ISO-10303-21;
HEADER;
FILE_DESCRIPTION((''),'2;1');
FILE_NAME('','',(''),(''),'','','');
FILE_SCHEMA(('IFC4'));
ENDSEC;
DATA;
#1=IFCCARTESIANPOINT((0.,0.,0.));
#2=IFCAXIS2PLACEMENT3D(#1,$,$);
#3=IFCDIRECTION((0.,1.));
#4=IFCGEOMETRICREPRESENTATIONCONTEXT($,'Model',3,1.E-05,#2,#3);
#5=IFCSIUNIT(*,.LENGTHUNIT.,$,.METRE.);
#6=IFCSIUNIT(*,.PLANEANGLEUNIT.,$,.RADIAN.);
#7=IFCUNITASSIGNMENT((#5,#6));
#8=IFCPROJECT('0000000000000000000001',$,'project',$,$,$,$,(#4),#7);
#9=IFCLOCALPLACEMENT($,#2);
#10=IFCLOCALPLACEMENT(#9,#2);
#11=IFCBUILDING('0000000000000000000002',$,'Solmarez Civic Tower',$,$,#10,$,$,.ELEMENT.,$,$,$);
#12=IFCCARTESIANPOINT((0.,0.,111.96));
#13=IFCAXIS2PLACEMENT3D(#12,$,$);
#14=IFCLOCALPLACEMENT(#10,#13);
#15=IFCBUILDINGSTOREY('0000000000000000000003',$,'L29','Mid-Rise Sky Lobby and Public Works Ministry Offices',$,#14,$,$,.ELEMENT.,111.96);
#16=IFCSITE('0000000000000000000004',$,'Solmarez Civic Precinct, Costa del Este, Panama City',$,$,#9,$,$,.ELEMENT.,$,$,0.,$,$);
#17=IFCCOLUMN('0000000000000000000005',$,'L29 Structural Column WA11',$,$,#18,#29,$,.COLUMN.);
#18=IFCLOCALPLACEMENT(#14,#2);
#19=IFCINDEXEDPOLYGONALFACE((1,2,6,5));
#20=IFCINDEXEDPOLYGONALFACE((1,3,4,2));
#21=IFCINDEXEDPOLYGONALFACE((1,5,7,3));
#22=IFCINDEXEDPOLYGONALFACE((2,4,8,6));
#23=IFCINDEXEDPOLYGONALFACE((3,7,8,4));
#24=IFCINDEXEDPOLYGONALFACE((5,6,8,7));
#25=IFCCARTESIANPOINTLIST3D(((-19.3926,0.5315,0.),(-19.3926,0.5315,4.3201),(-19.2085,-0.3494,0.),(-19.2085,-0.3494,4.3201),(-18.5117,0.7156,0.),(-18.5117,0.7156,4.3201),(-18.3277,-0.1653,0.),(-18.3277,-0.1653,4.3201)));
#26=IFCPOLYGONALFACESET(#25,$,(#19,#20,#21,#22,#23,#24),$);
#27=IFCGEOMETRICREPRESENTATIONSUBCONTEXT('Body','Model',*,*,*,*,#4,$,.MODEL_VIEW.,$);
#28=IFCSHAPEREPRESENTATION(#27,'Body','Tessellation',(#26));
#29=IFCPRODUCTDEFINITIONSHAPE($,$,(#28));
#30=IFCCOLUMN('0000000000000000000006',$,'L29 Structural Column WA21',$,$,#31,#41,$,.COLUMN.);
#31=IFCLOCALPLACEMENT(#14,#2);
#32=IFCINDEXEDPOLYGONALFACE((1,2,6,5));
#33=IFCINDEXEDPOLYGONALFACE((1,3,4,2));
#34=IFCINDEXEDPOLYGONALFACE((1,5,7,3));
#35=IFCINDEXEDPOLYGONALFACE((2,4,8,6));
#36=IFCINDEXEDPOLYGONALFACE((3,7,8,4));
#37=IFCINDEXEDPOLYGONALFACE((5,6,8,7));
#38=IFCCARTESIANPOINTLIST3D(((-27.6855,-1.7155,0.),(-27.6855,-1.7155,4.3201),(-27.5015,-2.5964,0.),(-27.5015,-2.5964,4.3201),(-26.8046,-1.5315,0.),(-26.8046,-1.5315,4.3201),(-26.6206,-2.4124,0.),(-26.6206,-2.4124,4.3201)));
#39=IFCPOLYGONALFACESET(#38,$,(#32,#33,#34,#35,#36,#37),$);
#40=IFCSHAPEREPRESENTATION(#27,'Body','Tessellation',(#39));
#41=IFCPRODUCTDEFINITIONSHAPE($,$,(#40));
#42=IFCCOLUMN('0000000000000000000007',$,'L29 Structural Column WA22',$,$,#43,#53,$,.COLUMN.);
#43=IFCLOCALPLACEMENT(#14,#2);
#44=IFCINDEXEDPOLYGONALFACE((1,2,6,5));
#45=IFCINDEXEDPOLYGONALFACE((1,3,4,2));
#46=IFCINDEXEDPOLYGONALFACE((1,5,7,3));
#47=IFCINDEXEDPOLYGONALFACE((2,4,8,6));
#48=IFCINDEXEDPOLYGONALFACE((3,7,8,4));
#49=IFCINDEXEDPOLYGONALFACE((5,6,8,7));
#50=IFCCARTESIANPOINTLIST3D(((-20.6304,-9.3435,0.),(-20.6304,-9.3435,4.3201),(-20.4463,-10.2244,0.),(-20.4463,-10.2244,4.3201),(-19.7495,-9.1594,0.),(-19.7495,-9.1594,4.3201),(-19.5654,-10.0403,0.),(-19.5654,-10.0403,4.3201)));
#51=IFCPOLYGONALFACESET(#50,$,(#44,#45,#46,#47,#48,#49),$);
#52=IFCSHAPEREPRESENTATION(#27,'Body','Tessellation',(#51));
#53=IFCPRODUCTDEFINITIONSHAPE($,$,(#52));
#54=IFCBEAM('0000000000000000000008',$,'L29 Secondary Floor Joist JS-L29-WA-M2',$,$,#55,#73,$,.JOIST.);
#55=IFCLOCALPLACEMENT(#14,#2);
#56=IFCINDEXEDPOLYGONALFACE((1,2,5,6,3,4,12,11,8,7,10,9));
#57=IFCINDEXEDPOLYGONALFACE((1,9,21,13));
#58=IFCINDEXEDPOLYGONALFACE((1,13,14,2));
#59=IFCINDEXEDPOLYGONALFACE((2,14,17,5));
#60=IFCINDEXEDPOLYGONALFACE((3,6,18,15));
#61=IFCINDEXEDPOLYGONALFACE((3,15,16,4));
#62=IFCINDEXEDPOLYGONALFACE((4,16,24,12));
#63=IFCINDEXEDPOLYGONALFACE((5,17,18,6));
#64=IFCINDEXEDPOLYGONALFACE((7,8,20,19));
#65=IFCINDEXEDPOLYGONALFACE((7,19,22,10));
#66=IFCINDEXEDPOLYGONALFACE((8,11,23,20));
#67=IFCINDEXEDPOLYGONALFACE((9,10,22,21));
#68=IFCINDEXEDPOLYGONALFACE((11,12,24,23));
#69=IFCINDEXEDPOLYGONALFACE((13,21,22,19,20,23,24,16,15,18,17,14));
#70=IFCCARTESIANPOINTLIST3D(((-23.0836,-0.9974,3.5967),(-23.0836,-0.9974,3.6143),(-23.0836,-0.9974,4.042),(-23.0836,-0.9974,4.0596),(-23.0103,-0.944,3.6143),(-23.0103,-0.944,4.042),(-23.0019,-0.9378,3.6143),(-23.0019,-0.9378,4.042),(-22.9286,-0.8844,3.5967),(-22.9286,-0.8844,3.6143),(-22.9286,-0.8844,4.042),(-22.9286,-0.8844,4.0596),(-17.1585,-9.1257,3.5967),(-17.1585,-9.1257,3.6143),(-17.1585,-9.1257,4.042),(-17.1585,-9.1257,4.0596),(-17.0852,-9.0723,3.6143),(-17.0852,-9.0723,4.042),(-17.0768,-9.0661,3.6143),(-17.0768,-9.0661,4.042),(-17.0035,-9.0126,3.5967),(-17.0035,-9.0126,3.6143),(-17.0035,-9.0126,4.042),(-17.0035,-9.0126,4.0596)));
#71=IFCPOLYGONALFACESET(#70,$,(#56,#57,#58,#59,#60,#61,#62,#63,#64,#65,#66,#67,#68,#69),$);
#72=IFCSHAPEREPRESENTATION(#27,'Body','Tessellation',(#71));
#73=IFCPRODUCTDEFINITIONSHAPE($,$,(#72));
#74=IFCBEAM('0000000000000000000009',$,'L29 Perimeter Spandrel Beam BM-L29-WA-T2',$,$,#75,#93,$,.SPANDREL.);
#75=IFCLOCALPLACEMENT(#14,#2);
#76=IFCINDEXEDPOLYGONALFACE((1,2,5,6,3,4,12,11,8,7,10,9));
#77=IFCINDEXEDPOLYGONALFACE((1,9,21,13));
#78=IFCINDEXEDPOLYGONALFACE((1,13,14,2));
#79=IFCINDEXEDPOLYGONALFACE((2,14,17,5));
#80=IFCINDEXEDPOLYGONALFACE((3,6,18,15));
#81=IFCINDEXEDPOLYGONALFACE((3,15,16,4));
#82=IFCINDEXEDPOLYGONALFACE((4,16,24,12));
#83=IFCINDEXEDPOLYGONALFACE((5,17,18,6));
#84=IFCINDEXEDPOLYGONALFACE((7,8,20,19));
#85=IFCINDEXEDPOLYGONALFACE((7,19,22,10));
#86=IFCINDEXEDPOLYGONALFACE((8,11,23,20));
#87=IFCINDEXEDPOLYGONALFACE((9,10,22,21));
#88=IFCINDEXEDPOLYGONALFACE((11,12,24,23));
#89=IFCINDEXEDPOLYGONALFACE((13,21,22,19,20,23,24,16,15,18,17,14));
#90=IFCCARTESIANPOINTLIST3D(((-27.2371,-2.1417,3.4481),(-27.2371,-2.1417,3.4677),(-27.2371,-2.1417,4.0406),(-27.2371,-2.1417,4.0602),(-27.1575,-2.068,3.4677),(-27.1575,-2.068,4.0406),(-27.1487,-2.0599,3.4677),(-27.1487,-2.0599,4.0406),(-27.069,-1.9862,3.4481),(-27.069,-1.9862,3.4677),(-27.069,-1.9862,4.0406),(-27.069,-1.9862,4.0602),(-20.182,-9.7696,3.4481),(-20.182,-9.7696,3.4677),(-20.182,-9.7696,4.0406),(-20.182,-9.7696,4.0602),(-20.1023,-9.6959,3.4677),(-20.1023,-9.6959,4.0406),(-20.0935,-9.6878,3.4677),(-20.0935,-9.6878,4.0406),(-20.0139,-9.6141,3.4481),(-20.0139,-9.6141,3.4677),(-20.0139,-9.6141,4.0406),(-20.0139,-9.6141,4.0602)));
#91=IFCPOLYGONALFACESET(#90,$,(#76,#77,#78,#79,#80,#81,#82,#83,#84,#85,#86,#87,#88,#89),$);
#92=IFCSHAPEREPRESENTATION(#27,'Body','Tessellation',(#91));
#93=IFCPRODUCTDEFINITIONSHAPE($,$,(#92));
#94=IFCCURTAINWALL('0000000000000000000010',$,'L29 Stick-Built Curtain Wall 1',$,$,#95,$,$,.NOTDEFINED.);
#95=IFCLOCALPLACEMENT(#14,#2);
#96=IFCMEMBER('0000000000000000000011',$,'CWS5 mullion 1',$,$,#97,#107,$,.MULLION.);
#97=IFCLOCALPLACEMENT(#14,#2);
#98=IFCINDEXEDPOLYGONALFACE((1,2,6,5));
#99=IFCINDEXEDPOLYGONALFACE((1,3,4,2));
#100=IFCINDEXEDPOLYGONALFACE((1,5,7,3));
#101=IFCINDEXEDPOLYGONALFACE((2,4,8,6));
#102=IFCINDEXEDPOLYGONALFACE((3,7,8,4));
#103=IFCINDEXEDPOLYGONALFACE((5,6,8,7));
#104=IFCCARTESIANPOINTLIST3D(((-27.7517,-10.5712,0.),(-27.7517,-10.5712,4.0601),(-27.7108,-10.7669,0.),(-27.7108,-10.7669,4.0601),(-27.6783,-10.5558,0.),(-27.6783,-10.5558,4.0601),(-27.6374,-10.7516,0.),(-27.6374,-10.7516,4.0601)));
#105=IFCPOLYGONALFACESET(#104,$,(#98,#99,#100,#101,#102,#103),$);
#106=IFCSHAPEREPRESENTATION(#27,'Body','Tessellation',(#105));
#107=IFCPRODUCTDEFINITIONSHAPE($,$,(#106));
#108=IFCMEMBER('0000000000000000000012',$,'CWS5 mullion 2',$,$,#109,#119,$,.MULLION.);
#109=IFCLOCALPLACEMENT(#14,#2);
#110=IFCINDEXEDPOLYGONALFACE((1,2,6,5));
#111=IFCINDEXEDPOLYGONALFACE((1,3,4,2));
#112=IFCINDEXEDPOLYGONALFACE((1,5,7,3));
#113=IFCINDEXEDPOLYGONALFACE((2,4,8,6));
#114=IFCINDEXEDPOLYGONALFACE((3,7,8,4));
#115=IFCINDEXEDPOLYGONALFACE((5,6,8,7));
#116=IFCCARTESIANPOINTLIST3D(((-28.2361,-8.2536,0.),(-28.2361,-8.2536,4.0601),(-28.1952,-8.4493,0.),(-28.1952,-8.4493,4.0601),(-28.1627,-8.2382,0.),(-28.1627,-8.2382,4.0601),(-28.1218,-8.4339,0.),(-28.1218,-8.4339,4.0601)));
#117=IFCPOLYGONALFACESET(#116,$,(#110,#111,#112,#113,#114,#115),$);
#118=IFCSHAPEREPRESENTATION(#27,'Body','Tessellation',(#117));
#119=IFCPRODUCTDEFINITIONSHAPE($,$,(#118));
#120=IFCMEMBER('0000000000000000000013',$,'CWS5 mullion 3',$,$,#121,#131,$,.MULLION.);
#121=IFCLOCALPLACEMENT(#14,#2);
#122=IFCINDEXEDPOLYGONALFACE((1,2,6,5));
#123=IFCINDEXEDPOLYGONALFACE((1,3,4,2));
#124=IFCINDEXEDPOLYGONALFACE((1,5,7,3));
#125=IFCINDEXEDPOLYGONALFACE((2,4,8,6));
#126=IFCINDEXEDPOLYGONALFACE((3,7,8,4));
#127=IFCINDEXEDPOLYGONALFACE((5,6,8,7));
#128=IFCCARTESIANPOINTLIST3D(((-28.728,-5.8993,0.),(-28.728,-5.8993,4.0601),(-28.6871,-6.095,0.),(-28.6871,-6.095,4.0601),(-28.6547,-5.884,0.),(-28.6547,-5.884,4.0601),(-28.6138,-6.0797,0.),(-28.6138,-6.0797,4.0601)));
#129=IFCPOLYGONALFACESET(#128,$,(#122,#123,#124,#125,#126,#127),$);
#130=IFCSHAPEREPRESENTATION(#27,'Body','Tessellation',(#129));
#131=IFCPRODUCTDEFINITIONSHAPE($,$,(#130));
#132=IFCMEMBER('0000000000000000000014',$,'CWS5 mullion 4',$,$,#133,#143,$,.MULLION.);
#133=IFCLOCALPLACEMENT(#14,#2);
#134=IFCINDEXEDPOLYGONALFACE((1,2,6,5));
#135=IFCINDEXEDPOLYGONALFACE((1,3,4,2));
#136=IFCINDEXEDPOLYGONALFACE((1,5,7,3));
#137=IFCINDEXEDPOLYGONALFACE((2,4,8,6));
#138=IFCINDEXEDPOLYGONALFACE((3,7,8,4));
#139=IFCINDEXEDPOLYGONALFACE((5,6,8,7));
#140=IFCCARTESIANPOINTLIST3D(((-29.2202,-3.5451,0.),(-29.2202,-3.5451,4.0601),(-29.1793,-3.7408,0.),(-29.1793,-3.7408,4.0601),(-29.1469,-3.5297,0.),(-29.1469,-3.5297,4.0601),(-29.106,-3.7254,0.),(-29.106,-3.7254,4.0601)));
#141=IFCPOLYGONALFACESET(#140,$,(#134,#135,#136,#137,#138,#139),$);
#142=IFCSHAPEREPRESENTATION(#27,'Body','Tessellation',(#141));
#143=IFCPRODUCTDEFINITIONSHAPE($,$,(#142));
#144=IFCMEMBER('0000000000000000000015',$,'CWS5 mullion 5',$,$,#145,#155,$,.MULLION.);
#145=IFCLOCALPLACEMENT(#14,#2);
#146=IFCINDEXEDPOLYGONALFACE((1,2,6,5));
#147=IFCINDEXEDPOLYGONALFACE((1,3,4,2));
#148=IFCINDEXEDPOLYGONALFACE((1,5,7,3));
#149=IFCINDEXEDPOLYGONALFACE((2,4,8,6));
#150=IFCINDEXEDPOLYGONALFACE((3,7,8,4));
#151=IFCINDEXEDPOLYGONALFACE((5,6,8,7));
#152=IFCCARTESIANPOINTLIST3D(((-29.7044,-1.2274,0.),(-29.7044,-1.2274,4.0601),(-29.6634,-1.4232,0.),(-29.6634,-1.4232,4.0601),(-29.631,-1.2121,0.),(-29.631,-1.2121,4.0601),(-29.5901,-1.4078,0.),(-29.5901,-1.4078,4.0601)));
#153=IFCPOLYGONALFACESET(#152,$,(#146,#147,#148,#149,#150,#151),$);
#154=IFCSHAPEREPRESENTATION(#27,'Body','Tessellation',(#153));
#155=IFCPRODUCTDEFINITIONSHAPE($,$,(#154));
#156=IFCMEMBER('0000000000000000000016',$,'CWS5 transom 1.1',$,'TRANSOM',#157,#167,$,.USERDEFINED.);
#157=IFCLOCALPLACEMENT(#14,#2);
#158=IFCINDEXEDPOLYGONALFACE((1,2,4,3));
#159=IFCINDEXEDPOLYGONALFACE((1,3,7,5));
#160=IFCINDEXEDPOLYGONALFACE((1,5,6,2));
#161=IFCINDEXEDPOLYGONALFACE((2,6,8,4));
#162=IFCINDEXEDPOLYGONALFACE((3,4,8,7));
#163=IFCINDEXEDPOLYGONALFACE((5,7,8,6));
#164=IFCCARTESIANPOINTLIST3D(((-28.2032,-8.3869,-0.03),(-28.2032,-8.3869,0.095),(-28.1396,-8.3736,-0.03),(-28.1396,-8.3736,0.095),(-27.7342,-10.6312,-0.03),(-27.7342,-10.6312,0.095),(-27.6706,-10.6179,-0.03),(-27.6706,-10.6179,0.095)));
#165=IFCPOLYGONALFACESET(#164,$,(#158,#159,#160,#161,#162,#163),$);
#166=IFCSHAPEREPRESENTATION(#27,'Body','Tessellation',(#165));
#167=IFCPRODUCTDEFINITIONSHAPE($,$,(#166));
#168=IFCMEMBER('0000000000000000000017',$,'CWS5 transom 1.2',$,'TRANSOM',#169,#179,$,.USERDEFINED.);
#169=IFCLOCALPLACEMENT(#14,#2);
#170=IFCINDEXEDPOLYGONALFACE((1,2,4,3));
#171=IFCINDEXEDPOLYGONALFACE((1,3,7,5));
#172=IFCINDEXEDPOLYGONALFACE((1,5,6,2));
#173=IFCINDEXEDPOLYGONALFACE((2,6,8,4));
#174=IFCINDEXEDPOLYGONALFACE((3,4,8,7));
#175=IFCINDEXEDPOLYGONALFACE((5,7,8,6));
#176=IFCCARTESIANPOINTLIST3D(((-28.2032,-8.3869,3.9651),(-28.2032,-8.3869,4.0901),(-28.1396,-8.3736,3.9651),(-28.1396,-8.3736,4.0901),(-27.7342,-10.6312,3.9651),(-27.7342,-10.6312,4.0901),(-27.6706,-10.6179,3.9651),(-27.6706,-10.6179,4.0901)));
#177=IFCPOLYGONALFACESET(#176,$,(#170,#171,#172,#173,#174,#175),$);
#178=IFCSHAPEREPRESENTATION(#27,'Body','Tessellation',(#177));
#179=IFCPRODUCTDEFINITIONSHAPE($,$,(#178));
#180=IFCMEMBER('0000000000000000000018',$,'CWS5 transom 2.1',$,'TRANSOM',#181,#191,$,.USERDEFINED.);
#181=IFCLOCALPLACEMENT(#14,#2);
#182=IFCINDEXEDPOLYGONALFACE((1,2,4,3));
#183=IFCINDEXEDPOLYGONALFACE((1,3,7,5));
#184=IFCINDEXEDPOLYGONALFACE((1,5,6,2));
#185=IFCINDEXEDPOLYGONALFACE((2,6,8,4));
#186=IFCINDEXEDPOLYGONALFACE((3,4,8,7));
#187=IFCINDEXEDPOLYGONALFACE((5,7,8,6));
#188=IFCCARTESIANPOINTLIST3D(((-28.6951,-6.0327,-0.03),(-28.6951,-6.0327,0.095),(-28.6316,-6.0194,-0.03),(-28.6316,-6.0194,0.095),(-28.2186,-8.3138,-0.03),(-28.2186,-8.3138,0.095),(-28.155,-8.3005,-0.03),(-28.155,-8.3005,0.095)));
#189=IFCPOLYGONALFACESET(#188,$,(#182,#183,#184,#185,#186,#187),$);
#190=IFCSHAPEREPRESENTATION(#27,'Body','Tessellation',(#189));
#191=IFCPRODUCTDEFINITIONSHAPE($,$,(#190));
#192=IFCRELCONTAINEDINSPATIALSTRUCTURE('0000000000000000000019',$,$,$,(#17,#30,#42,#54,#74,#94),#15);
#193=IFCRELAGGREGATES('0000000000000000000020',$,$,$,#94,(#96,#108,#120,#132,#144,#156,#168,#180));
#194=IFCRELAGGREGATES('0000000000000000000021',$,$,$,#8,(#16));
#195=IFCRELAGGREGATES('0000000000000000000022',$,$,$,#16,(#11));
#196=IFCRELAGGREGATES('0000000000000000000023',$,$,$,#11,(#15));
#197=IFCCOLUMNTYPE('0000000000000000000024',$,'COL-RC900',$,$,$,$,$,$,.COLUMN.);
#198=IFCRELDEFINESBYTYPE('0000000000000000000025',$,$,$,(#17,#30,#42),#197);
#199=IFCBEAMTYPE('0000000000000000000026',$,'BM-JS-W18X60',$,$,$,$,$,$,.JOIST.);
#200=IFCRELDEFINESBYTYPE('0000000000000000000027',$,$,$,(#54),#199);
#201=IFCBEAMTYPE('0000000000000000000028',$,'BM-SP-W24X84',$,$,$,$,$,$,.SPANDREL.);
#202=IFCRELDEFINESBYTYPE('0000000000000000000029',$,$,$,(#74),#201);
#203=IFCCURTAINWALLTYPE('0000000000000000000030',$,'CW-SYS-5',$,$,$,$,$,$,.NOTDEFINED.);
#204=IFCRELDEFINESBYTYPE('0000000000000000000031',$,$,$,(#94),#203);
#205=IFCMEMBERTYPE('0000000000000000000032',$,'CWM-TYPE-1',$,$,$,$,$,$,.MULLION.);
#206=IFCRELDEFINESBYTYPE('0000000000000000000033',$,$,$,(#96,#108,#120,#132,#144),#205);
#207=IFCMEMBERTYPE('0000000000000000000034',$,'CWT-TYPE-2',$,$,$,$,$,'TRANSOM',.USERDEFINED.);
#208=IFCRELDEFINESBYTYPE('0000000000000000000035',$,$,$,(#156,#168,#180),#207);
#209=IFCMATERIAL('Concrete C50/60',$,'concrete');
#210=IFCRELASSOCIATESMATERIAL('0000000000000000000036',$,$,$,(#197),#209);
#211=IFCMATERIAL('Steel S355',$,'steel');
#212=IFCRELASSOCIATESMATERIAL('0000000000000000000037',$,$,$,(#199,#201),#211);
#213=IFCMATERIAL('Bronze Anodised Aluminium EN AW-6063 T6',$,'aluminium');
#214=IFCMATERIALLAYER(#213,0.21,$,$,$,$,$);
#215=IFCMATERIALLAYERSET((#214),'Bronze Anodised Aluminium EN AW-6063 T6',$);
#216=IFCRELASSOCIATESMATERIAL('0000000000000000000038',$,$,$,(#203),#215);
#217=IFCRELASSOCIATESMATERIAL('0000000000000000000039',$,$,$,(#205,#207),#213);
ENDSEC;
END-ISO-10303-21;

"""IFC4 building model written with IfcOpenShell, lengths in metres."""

from ifc_helpers import new_model, si_unit, direction, frame, origin, origin_2d, place, context, subcontext, project, spatial, rectangle, i_section, extrude, material, layer, layer_set, material_profile, profile_set, type_object, element, aggregate, save


model = new_model("IFC4")

# Units and contexts
model_context = context("Model", 3, precision=1e-05, world=origin(), true_north=direction((0.0, 1.0)))
body_context = subcontext(model_context, "Body", "Model", "MODEL_VIEW")
ifc_project = project(units=[si_unit("LENGTHUNIT", "METRE"), si_unit("PLANEANGLEUNIT", "RADIAN")], contexts=[model_context])

# Site, building, storey
site_placement = place(None, origin())
site = spatial("IfcSite", under=ifc_project, at=site_placement, Name="Solmarez Civic Precinct, Costa del Este, Panama City", CompositionType="ELEMENT", RefElevation=0.0)
building_placement = place(site_placement, origin())
building = spatial("IfcBuilding", under=site, at=building_placement, Name="Solmarez Civic Tower", CompositionType="ELEMENT")
storey_placement = place(building_placement, frame((0.0, 0.0, 111.96)))
storey = spatial("IfcBuildingStorey", under=building, at=storey_placement, Name="L29", Description="Mid-Rise Sky Lobby and Public Works Ministry Offices", CompositionType="ELEMENT", Elevation=111.96)

# Columns
ifc_material_1 = material(Name="Concrete C50/60", Category="concrete")
ifc_material_profile_1 = material_profile(ifc_material_1, rectangle(XDim=0.8999, YDim=0.8999, at=origin_2d()), Name="RC900X900")
ifc_profile_set_1 = profile_set([ifc_material_profile_1], Name="Concrete C50/60")
column_type = type_object("IfcColumnType", Name="COL-RC900", PredefinedType="COLUMN", material=ifc_profile_set_1)
for number, where, z_axis, x_axis, name in (
    (1, (-18.8601, 0.1831, 0.0), (0.0, 0.0, 1.0), (0.978867, 0.204496, 0.0), "L29 Structural Column WA11"),
    (2, (-27.1531, -2.064, 0.0), (0.0, 0.0, 1.0), (0.978867, 0.204496, 0.0), "L29 Structural Column WA21"),
    (3, (-20.0979, -9.6919, 0.0), (0.0, 0.0, 1.0), (0.978867, 0.204496, 0.0), "L29 Structural Column WA22"),
):
    element("IfcColumn", number, at=place(storey_placement, frame(where, z_axis=z_axis, x_axis=x_axis)), inside=storey, type_object=column_type, Name=name, PredefinedType="COLUMN", context=body_context, shape_type="SweptSolid", body=[
        extrude(rectangle(XDim=0.8999, YDim=0.8999, at=origin_2d()), origin(), (0.0, 0.0, 1.0), 4.3201),
    ])

# Beams
ifc_material_2 = material(Name="Steel S355", Category="steel")
ifc_material_profile_2 = material_profile(ifc_material_2, i_section(OverallWidth=0.1919, OverallDepth=0.4629, WebThickness=0.0105, FlangeThickness=0.0176, at=origin_2d()), Name="W18X60")
ifc_profile_set_2 = profile_set([ifc_material_profile_2], Name="Steel S355")
beam_type_1 = type_object("IfcBeamType", Name="BM-JS-W18X60", PredefinedType="JOIST", material=ifc_profile_set_2)
beam_1_placement = place(storey_placement, frame((-23.0061, -0.9409, 3.8281), z_axis=(0.589059, -0.80809, 0.0), x_axis=(0.80809, 0.589059, 0.0)))
element("IfcBeam", 4, at=beam_1_placement, inside=storey, type_object=beam_type_1, Name="L29 Secondary Floor Joist JS-L29-WA-M2", PredefinedType="JOIST", context=body_context, shape_type="SweptSolid", body=[
    extrude(i_section(OverallWidth=0.1919, OverallDepth=0.4629, WebThickness=0.0105, FlangeThickness=0.0176, at=origin_2d()), origin(), (0.0, 0.0, 1.0), 10.0586),
])
ifc_material_profile_3 = material_profile(ifc_material_2, i_section(OverallWidth=0.229, OverallDepth=0.6121, WebThickness=0.012, FlangeThickness=0.0195, at=origin_2d()), Name="W24X84")
ifc_profile_set_3 = profile_set([ifc_material_profile_3], Name="Steel S355")
beam_type_2 = type_object("IfcBeamType", Name="BM-SP-W24X84", PredefinedType="SPANDREL", material=ifc_profile_set_3)
beam_2_placement = place(storey_placement, frame((-27.1531, -2.064, 3.7542), z_axis=(0.679008, -0.734131, 0.0), x_axis=(0.734131, 0.679008, 0.0)))
element("IfcBeam", 5, at=beam_2_placement, inside=storey, type_object=beam_type_2, Name="L29 Perimeter Spandrel Beam BM-L29-WA-T2", PredefinedType="SPANDREL", context=body_context, shape_type="SweptSolid", body=[
    extrude(i_section(OverallWidth=0.229, OverallDepth=0.6121, WebThickness=0.012, FlangeThickness=0.0195, at=origin_2d()), origin(), (0.0, 0.0, 1.0), 10.3904),
])

# Curtain wall, members
ifc_material_3 = material(Name="Bronze Anodised Aluminium EN AW-6063 T6", Category="aluminium")
ifc_layer_1 = layer(ifc_material_3, 0.21)
ifc_layer_set_1 = layer_set([ifc_layer_1], Name="Bronze Anodised Aluminium EN AW-6063 T6")
curtain_wall_type = type_object("IfcCurtainWallType", Name="CW-SYS-5", PredefinedType="NOTDEFINED", material=ifc_layer_set_1)
curtain_wall_placement = place(storey_placement, origin())
curtain_wall = element("IfcCurtainWall", 6, at=curtain_wall_placement, inside=storey, type_object=curtain_wall_type, Name="L29 Stick-Built Curtain Wall 1", PredefinedType="NOTDEFINED")
ifc_material_profile_4 = material_profile(ifc_material_3, rectangle(XDim=0.075, YDim=0.2, at=origin_2d()), Name="CWM-75X200")
ifc_profile_set_4 = profile_set([ifc_material_profile_4], Name="Bronze Anodised Aluminium EN AW-6063 T6")
member_type_1 = type_object("IfcMemberType", Name="CWM-TYPE-1", PredefinedType="MULLION", material=ifc_profile_set_4)
member_1_placement = place(storey_placement, frame((-27.6946, -10.6614, 0.0), z_axis=(0.0, 0.0, 1.0), x_axis=(-0.978853, -0.204564, 0.0)))
member_1 = element("IfcMember", 7, at=member_1_placement, type_object=member_type_1, Name="CWS5 mullion 1", PredefinedType="MULLION", context=body_context, shape_type="SweptSolid", body=[
    extrude(rectangle(XDim=0.075, YDim=0.2, at=origin_2d()), origin(), (0.0, 0.0, 1.0), 4.0601),
])
member_2_placement = place(storey_placement, frame((-28.179, -8.3438, 0.0), z_axis=(0.0, 0.0, 1.0), x_axis=(-0.978853, -0.204564, 0.0)))
member_2 = element("IfcMember", 8, at=member_2_placement, type_object=member_type_1, Name="CWS5 mullion 2", PredefinedType="MULLION", context=body_context, shape_type="SweptSolid", body=[
    extrude(rectangle(XDim=0.075, YDim=0.2, at=origin_2d()), origin(), (0.0, 0.0, 1.0), 4.0601),
])
member_3_placement = place(storey_placement, frame((-28.6709, -5.9895, 0.0), z_axis=(0.0, 0.0, 1.0), x_axis=(-0.978853, -0.204564, 0.0)))
member_3 = element("IfcMember", 9, at=member_3_placement, type_object=member_type_1, Name="CWS5 mullion 3", PredefinedType="MULLION", context=body_context, shape_type="SweptSolid", body=[
    extrude(rectangle(XDim=0.075, YDim=0.2, at=origin_2d()), origin(), (0.0, 0.0, 1.0), 4.0601),
])
member_4_placement = place(storey_placement, frame((-29.1631, -3.6353, 0.0), z_axis=(0.0, 0.0, 1.0), x_axis=(-0.978853, -0.204564, 0.0)))
member_4 = element("IfcMember", 10, at=member_4_placement, type_object=member_type_1, Name="CWS5 mullion 4", PredefinedType="MULLION", context=body_context, shape_type="SweptSolid", body=[
    extrude(rectangle(XDim=0.075, YDim=0.2, at=origin_2d()), origin(), (0.0, 0.0, 1.0), 4.0601),
])
member_5_placement = place(storey_placement, frame((-29.6472, -1.3176, 0.0), z_axis=(0.0, 0.0, 1.0), x_axis=(-0.978853, -0.204564, 0.0)))
member_5 = element("IfcMember", 11, at=member_5_placement, type_object=member_type_1, Name="CWS5 mullion 5", PredefinedType="MULLION", context=body_context, shape_type="SweptSolid", body=[
    extrude(rectangle(XDim=0.075, YDim=0.2, at=origin_2d()), origin(), (0.0, 0.0, 1.0), 4.0601),
])
ifc_material_profile_5 = material_profile(ifc_material_3, rectangle(XDim=0.0649, YDim=0.125, at=origin_2d()), Name="CWT-65X125")
ifc_profile_set_5 = profile_set([ifc_material_profile_5], Name="Bronze Anodised Aluminium EN AW-6063 T6")
member_type_2 = type_object("IfcMemberType", Name="CWT-TYPE-2", ElementType="TRANSOM", PredefinedType="USERDEFINED", material=ifc_profile_set_5)
member_6_placement = place(storey_placement, frame((-27.7024, -10.6245, 0.0325), z_axis=(-0.204567, 0.978853, 0.0), x_axis=(-0.978853, -0.204567, 0.0)))
member_6 = element("IfcMember", 12, at=member_6_placement, type_object=member_type_2, Name="CWS5 transom 1.1", ObjectType="TRANSOM", PredefinedType="USERDEFINED", context=body_context, shape_type="SweptSolid", body=[
    extrude(rectangle(XDim=0.0649, YDim=0.125, at=origin_2d()), origin(), (0.0, 0.0, 1.0), 2.2927),
])
member_7_placement = place(storey_placement, frame((-27.7024, -10.6245, 4.0276), z_axis=(-0.204567, 0.978853, 0.0), x_axis=(-0.978853, -0.204567, 0.0)))
member_7 = element("IfcMember", 13, at=member_7_placement, type_object=member_type_2, Name="CWS5 transom 1.2", ObjectType="TRANSOM", PredefinedType="USERDEFINED", context=body_context, shape_type="SweptSolid", body=[
    extrude(rectangle(XDim=0.0649, YDim=0.125, at=origin_2d()), origin(), (0.0, 0.0, 1.0), 2.2927),
])
member_8_placement = place(storey_placement, frame((-28.1868, -8.3071, 0.0325), z_axis=(-0.204511, 0.978864, 0.0), x_axis=(-0.978864, -0.204511, 0.0)))
member_8 = element("IfcMember", 14, at=member_8_placement, type_object=member_type_2, Name="CWS5 transom 2.1", ObjectType="TRANSOM", PredefinedType="USERDEFINED", context=body_context, shape_type="SweptSolid", body=[
    extrude(rectangle(XDim=0.0649, YDim=0.125, at=origin_2d()), origin(), (0.0, 0.0, 1.0), 2.3303),
])
aggregate(curtain_wall, [member_1, member_2, member_3, member_4, member_5, member_6, member_7, member_8])

save(model, "model.ifc")
